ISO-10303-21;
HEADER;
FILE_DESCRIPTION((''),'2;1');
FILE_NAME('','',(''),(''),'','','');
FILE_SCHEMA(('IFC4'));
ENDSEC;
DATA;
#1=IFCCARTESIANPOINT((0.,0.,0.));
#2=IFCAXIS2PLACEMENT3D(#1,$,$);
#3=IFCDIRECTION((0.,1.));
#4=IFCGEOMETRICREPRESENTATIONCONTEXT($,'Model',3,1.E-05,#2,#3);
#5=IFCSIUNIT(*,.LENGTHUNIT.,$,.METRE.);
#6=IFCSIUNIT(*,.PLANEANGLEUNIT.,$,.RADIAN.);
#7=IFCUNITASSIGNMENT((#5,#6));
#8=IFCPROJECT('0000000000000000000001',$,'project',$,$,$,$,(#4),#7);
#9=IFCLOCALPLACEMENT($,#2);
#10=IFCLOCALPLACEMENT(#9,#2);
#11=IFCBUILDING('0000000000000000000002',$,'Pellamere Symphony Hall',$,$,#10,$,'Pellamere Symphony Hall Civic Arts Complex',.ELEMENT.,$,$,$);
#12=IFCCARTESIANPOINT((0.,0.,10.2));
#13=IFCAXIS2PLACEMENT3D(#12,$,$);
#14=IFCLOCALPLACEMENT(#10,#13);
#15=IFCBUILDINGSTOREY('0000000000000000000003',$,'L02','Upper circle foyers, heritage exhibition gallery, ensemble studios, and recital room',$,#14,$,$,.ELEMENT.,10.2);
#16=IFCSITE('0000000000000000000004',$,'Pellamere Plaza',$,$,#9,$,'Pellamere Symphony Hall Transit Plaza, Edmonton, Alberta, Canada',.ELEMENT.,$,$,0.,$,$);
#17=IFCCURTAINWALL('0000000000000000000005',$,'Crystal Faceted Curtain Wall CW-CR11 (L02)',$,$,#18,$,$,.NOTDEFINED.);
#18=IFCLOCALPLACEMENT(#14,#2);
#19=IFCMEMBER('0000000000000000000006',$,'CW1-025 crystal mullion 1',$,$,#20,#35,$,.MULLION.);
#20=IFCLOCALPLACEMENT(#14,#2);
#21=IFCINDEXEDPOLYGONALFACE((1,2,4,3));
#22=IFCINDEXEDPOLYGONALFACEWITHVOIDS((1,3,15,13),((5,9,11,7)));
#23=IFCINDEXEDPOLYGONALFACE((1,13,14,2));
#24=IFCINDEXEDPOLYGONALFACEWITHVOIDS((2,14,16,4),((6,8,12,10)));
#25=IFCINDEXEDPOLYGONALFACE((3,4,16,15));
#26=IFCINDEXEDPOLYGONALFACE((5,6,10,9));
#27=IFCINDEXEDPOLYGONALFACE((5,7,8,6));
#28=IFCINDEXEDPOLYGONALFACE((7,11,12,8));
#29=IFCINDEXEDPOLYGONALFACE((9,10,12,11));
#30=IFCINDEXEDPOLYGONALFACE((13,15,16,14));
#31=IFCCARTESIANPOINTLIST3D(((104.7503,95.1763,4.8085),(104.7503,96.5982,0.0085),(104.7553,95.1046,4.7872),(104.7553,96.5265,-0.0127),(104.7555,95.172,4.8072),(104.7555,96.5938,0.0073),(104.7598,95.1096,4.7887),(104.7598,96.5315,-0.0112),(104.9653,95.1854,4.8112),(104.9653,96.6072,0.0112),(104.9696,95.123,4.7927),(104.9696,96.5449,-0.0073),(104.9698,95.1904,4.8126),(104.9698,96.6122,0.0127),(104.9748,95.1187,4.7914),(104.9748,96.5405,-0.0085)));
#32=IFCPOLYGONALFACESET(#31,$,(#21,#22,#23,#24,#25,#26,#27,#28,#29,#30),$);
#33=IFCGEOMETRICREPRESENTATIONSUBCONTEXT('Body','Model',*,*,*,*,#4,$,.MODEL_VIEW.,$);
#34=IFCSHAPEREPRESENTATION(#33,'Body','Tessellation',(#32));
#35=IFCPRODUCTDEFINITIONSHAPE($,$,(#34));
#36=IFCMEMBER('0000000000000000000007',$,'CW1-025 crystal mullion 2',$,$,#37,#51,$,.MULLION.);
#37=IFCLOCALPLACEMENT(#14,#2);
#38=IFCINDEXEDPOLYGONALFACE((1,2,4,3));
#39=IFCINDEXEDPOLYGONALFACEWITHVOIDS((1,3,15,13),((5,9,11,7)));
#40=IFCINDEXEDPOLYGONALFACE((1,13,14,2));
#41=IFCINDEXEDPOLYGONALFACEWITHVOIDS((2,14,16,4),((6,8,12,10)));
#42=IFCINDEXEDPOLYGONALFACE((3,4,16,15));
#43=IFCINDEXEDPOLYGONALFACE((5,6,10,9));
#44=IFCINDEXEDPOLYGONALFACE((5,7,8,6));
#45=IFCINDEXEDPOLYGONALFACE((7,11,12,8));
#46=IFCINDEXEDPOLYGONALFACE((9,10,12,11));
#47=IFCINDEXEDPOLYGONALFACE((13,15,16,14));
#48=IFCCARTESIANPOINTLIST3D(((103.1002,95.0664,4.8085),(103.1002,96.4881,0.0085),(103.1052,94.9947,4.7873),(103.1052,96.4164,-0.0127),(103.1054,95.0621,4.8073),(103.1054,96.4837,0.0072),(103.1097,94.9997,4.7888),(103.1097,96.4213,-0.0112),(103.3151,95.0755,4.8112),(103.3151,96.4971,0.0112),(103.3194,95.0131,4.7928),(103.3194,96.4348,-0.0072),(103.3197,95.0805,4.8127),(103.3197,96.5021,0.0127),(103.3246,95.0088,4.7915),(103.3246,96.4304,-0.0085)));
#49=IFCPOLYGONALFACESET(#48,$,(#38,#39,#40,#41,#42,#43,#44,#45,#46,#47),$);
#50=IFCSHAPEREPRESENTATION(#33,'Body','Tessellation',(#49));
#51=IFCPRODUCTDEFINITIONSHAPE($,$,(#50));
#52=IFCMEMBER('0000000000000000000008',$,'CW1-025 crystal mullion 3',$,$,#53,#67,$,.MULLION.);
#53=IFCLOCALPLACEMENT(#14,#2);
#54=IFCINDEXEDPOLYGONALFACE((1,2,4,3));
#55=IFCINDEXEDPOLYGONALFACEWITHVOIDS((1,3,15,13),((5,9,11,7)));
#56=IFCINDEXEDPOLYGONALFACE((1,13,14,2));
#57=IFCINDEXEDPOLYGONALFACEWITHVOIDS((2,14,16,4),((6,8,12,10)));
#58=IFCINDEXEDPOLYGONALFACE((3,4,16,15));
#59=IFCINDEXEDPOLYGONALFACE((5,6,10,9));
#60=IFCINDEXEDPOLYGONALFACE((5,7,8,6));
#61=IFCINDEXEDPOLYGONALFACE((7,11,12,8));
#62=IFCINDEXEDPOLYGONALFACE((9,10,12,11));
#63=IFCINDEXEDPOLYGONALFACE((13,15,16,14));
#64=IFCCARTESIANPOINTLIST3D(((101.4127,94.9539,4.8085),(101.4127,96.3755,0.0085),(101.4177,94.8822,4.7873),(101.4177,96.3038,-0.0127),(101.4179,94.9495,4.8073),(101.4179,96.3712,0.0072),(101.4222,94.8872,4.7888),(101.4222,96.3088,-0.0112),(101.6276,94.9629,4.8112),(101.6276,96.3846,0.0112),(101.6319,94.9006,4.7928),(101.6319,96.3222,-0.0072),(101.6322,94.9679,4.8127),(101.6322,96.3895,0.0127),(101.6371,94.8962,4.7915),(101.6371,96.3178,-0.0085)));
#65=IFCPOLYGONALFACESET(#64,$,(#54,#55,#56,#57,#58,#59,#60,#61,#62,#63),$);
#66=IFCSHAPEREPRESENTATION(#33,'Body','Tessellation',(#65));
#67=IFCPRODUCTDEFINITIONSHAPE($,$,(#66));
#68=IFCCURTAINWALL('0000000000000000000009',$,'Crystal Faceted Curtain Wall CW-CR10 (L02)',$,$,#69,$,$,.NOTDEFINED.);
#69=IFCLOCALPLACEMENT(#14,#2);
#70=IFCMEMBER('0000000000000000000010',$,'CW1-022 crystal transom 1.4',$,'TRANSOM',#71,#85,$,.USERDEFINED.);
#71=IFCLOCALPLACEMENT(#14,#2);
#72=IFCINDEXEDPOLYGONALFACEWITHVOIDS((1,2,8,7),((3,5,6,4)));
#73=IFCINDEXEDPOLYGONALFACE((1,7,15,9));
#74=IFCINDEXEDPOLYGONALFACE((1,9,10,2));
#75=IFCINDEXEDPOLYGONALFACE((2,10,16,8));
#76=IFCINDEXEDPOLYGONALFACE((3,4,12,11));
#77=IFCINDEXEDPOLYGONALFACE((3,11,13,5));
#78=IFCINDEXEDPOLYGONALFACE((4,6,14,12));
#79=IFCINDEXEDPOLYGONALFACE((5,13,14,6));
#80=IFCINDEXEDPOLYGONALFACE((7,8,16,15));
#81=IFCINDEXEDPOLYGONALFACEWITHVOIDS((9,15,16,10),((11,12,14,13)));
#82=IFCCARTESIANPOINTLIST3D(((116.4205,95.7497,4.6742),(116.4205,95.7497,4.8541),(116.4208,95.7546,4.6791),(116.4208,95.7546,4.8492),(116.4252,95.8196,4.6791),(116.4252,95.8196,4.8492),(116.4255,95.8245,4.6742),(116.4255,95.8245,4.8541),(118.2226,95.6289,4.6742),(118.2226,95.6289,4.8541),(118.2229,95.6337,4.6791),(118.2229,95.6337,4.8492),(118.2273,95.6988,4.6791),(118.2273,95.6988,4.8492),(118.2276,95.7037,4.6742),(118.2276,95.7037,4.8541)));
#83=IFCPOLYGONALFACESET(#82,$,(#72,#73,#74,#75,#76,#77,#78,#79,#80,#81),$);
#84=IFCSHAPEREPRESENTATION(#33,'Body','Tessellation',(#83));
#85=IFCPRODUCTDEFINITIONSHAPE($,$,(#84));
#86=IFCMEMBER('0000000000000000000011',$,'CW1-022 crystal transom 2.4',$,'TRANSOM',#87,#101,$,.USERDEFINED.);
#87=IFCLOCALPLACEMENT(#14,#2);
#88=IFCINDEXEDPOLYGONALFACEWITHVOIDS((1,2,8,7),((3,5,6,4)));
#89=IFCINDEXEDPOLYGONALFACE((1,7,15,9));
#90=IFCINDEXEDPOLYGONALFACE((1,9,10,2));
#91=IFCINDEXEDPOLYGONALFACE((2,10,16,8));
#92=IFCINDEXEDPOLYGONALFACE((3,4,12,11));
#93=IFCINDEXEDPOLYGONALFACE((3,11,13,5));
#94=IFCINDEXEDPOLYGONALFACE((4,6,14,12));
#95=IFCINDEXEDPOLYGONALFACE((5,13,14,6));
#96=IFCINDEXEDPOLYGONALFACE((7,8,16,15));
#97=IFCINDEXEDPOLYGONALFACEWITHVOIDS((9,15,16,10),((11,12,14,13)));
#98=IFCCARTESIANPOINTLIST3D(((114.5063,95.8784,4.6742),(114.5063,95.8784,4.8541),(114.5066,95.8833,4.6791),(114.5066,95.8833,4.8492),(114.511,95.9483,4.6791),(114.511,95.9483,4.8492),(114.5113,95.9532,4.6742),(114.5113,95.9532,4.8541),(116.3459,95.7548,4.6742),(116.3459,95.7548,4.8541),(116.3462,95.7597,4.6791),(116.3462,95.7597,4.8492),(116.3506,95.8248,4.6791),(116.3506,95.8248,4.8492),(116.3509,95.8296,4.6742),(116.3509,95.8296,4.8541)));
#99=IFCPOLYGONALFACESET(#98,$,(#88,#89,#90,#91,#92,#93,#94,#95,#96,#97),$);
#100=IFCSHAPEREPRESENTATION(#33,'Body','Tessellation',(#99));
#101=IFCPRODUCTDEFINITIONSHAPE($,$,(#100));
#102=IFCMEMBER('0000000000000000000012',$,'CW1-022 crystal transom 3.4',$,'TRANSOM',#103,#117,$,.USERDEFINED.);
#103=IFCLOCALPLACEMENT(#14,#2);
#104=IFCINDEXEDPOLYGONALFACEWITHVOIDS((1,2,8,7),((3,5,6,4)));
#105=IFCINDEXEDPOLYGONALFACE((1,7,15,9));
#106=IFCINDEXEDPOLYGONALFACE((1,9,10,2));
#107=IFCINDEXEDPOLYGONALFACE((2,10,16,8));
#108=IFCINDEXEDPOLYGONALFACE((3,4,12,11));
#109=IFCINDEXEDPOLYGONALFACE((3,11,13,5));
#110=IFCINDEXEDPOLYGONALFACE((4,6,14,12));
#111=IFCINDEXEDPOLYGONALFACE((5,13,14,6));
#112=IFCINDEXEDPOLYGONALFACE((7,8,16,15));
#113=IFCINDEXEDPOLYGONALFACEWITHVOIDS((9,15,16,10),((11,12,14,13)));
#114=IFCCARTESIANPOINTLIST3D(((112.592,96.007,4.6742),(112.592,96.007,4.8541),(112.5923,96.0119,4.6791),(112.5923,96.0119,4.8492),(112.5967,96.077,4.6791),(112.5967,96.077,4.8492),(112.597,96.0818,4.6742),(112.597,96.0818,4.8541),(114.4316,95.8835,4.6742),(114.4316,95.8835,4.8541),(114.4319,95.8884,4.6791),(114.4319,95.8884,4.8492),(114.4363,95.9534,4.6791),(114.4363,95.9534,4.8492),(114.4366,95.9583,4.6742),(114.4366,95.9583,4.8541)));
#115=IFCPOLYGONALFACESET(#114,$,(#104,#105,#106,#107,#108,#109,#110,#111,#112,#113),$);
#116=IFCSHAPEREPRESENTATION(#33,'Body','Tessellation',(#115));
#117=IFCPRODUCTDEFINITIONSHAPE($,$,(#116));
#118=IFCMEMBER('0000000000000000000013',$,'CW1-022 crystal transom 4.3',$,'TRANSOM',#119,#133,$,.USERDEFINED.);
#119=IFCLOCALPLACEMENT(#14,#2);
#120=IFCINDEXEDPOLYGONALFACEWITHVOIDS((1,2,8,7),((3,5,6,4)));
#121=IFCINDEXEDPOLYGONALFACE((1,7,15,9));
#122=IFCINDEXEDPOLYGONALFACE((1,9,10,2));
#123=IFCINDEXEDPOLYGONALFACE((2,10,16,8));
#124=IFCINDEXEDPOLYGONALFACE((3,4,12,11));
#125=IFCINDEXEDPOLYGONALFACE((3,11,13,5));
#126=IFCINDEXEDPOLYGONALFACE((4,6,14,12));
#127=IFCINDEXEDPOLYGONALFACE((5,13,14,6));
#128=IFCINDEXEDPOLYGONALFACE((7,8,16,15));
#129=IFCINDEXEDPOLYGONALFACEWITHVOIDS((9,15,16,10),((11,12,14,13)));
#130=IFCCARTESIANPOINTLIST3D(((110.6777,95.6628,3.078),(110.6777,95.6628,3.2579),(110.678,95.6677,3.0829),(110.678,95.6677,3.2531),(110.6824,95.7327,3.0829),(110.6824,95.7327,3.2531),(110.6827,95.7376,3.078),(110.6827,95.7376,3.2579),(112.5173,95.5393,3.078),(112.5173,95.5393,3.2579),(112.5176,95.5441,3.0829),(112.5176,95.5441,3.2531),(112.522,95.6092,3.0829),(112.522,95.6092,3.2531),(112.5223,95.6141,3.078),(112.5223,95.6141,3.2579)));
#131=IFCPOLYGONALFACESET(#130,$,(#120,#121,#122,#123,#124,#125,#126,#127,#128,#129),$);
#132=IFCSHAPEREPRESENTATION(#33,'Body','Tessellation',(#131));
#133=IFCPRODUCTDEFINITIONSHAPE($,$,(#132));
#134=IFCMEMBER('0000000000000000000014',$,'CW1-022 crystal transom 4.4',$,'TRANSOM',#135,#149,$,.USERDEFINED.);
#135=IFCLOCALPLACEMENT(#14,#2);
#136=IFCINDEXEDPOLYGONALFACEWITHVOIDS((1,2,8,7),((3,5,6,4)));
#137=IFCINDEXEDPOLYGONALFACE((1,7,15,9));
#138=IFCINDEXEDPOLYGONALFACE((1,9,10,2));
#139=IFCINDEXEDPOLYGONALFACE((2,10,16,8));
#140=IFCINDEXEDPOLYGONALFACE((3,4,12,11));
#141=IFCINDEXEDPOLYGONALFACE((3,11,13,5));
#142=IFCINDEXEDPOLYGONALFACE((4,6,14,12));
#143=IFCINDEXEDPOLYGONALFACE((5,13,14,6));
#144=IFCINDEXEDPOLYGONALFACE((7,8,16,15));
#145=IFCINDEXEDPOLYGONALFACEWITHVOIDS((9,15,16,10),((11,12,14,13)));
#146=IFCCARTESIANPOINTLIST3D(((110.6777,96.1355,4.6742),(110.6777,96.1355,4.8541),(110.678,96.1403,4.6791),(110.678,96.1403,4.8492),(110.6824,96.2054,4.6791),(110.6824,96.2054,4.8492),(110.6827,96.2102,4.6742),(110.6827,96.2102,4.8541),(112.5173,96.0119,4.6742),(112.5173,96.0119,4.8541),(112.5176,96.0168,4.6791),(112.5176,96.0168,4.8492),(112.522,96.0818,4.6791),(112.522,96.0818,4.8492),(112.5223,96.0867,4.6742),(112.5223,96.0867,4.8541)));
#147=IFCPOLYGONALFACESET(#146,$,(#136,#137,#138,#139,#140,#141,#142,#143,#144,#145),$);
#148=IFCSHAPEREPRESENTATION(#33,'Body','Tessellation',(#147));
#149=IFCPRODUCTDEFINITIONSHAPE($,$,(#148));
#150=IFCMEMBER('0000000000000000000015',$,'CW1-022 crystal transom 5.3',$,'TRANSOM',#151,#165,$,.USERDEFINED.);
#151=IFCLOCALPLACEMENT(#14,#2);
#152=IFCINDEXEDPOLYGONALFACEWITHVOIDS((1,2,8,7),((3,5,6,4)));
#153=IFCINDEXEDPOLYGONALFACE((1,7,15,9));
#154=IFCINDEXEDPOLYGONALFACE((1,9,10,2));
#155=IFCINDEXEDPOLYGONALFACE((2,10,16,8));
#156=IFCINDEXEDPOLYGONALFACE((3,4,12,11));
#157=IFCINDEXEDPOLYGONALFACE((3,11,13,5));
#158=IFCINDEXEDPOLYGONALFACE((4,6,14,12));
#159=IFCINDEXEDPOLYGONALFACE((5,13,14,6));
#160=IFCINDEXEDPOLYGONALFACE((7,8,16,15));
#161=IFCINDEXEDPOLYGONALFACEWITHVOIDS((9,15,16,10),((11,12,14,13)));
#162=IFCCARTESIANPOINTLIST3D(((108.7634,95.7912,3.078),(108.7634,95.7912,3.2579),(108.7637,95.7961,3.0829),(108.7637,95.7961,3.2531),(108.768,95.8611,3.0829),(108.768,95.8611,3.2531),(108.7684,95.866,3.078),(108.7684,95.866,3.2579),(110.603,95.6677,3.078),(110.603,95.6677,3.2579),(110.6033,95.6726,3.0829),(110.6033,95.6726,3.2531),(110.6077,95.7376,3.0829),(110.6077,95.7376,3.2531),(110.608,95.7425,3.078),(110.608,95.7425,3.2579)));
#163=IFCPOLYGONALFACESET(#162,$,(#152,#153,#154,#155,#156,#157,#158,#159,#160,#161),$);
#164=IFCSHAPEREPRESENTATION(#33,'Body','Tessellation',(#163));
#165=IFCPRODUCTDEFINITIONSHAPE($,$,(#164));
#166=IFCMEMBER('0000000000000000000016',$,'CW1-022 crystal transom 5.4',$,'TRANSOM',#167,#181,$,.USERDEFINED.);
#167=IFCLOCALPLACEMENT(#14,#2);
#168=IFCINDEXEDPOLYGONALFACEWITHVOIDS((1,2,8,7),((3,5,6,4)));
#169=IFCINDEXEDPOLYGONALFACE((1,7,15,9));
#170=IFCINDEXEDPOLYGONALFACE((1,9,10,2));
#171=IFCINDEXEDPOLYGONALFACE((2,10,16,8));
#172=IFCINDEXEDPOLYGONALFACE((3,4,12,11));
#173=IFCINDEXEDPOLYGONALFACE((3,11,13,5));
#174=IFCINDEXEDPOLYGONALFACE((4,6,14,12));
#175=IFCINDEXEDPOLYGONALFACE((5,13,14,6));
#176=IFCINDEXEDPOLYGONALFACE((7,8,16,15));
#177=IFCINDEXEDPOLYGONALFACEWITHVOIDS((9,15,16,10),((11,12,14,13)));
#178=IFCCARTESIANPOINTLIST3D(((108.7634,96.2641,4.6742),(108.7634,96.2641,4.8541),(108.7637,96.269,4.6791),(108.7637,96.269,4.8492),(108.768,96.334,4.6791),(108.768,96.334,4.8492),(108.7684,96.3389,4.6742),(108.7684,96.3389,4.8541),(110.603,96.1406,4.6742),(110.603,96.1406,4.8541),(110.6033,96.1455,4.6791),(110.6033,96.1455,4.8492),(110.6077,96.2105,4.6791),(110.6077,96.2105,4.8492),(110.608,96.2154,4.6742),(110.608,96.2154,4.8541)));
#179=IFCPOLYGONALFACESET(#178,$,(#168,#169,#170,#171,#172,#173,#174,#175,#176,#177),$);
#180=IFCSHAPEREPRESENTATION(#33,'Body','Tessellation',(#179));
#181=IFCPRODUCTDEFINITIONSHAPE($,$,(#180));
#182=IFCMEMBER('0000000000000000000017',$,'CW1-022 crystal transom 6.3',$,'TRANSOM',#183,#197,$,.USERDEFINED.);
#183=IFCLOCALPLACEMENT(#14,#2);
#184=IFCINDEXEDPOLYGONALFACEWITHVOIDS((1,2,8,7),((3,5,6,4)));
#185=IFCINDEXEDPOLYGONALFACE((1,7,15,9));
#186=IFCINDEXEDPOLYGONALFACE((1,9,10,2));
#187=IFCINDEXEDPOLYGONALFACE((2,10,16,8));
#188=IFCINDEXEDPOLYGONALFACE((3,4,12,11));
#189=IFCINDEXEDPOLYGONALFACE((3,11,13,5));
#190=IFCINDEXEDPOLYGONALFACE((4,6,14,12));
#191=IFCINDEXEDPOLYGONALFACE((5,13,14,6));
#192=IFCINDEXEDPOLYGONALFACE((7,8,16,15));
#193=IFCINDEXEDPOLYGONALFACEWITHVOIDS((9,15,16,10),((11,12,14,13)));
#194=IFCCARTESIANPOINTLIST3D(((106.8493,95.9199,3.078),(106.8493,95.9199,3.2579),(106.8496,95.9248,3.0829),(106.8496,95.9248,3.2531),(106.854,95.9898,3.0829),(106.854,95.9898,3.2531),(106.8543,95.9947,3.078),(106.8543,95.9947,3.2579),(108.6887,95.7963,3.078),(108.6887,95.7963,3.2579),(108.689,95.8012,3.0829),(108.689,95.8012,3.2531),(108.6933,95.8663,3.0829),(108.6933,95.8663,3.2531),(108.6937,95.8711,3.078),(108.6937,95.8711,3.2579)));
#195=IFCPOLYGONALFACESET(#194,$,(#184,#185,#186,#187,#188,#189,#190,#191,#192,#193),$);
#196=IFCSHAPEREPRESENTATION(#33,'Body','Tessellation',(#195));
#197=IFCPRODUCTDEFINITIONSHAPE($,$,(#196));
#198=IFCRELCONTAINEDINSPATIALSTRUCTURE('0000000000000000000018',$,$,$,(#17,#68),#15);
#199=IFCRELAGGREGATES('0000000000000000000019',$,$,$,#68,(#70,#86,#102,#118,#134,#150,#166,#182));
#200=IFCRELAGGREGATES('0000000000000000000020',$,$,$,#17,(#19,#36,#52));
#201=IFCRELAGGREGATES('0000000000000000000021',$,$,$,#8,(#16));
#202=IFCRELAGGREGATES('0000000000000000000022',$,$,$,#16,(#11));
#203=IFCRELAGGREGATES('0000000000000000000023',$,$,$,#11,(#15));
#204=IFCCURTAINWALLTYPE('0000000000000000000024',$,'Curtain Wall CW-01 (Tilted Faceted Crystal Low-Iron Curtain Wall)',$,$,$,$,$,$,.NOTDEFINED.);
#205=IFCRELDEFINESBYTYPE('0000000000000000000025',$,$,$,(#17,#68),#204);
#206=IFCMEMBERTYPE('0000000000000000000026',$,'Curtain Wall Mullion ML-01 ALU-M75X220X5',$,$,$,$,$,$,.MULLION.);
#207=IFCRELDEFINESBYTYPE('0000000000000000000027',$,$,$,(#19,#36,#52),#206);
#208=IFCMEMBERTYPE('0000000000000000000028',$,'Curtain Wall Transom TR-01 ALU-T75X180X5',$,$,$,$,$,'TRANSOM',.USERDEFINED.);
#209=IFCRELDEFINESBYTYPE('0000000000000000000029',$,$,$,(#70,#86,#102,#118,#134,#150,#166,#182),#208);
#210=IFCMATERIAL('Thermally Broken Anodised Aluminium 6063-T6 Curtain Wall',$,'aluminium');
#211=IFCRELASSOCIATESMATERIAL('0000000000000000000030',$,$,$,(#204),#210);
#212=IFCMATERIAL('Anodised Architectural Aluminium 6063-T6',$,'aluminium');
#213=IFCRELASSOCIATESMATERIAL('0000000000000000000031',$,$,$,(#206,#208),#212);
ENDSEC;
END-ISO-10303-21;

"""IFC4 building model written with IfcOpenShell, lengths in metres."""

from ifc_helpers import new_model, si_unit, direction, frame, origin, origin_2d, place, context, subcontext, project, spatial, hollow_rectangle, extrude, material, material_profile, profile_set, type_object, element, aggregate, save


model = new_model("IFC4")

# Units and contexts
model_context = context("Model", 3, precision=1e-05, world=origin(), true_north=direction((0.0, 1.0)))
body_context = subcontext(model_context, "Body", "Model", "MODEL_VIEW")
ifc_project = project(units=[si_unit("LENGTHUNIT", "METRE"), si_unit("PLANEANGLEUNIT", "RADIAN")], contexts=[model_context])

# Site, building, storey
site_placement = place(None, origin())
site = spatial("IfcSite", under=ifc_project, at=site_placement, Name="Pellamere Plaza", LongName="Pellamere Symphony Hall Transit Plaza, Edmonton, Alberta, Canada", CompositionType="ELEMENT", RefElevation=0.0)
building_placement = place(site_placement, origin())
building = spatial("IfcBuilding", under=site, at=building_placement, Name="Pellamere Symphony Hall", LongName="Pellamere Symphony Hall Civic Arts Complex", CompositionType="ELEMENT")
storey_placement = place(building_placement, frame((0.0, 0.0, 10.2)))
storey = spatial("IfcBuildingStorey", under=building, at=storey_placement, Name="L02", Description="Upper circle foyers, heritage exhibition gallery, ensemble studios, and recital room", CompositionType="ELEMENT", Elevation=10.2)

# Curtain walls, members
ifc_material_1 = material(Name="Thermally Broken Anodised Aluminium 6063-T6 Curtain Wall", Category="aluminium")
curtain_wall_type = type_object("IfcCurtainWallType", Name="Curtain Wall CW-01 (Tilted Faceted Crystal Low-Iron Curtain Wall)", PredefinedType="NOTDEFINED", material=ifc_material_1)
curtain_wall_1_placement = place(storey_placement, origin())
curtain_wall_1 = element("IfcCurtainWall", 1, at=curtain_wall_1_placement, inside=storey, type_object=curtain_wall_type, Name="Crystal Faceted Curtain Wall CW-CR11 (L02)", PredefinedType="NOTDEFINED")
ifc_material_2 = material(Name="Anodised Architectural Aluminium 6063-T6", Category="aluminium")
ifc_material_profile_1 = material_profile(ifc_material_2, hollow_rectangle(XDim=0.075, YDim=0.22, WallThickness=0.0049, at=origin_2d()), Name="ALU-M75X220X5")
ifc_profile_set_1 = profile_set([ifc_material_profile_1], Name="Anodised Architectural Aluminium 6063-T6")
member_type_1 = type_object("IfcMemberType", Name="Curtain Wall Mullion ML-01 ALU-M75X220X5", PredefinedType="MULLION", material=ifc_profile_set_1)
member_1_placement = place(storey_placement, frame((104.8625, 96.5693, 0.0), z_axis=(0.0, -0.284022, 0.958818), x_axis=(0.066519, -0.956694, -0.283393)))
member_1 = element("IfcMember", 2, at=member_1_placement, type_object=member_type_1, Name="CW1-025 crystal mullion 1", PredefinedType="MULLION", context=body_context, shape_type="SweptSolid", body=[
    extrude(hollow_rectangle(XDim=0.075, YDim=0.22, WallThickness=0.0049, at=origin_2d()), origin(), (0.0, 0.0, 1.0), 5.0061),
])
member_2_placement = place(storey_placement, frame((103.2124, 96.4592, 0.0), z_axis=(0.0, -0.283977, 0.958831), x_axis=(0.066519, -0.956707, -0.283348)))
member_2 = element("IfcMember", 3, at=member_2_placement, type_object=member_type_1, Name="CW1-025 crystal mullion 2", PredefinedType="MULLION", context=body_context, shape_type="SweptSolid", body=[
    extrude(hollow_rectangle(XDim=0.075, YDim=0.22, WallThickness=0.0049, at=origin_2d()), origin(), (0.0, 0.0, 1.0), 5.0061),
])
member_3_placement = place(storey_placement, frame((101.5249, 96.3467, 0.0), z_axis=(0.0, -0.283977, 0.958831), x_axis=(0.066519, -0.956707, -0.283348)))
member_3 = element("IfcMember", 4, at=member_3_placement, type_object=member_type_1, Name="CW1-025 crystal mullion 3", PredefinedType="MULLION", context=body_context, shape_type="SweptSolid", body=[
    extrude(hollow_rectangle(XDim=0.075, YDim=0.22, WallThickness=0.0049, at=origin_2d()), origin(), (0.0, 0.0, 1.0), 5.0061),
])
curtain_wall_2_placement = place(storey_placement, origin())
curtain_wall_2 = element("IfcCurtainWall", 5, at=curtain_wall_2_placement, inside=storey, type_object=curtain_wall_type, Name="Crystal Faceted Curtain Wall CW-CR10 (L02)", PredefinedType="NOTDEFINED")
ifc_material_profile_2 = material_profile(ifc_material_2, hollow_rectangle(XDim=0.075, YDim=0.1799, WallThickness=0.0049, at=origin_2d()), Name="ALU-T75X180X5")
ifc_profile_set_2 = profile_set([ifc_material_profile_2], Name="Anodised Architectural Aluminium 6063-T6")
member_type_2 = type_object("IfcMemberType", Name="Curtain Wall Transom TR-01 ALU-T75X180X5", ElementType="TRANSOM", PredefinedType="USERDEFINED", material=ifc_profile_set_2)
member_4_placement = place(storey_placement, frame((118.2251, 95.6663, 4.7642), z_axis=(-0.997759, 0.066914, 0.0), x_axis=(-0.066914, -0.997759, 0.0)))
member_4 = element("IfcMember", 6, at=member_4_placement, type_object=member_type_2, Name="CW1-022 crystal transom 1.4", ObjectType="TRANSOM", PredefinedType="USERDEFINED", context=body_context, shape_type="SweptSolid", body=[
    extrude(hollow_rectangle(XDim=0.075, YDim=0.1799, WallThickness=0.0049, at=origin_2d()), origin(), (0.0, 0.0, 1.0), 1.8062),
])
member_5_placement = place(storey_placement, frame((116.3484, 95.7922, 4.7642), z_axis=(-0.997753, 0.067002, 0.0), x_axis=(-0.067002, -0.997753, 0.0)))
member_5 = element("IfcMember", 7, at=member_5_placement, type_object=member_type_2, Name="CW1-022 crystal transom 2.4", ObjectType="TRANSOM", PredefinedType="USERDEFINED", context=body_context, shape_type="SweptSolid", body=[
    extrude(hollow_rectangle(XDim=0.075, YDim=0.1799, WallThickness=0.0049, at=origin_2d()), origin(), (0.0, 0.0, 1.0), 1.8438),
])
member_6_placement = place(storey_placement, frame((114.4341, 95.9209, 4.7642), z_axis=(-0.997753, 0.067002, 0.0), x_axis=(-0.067002, -0.997753, 0.0)))
member_6 = element("IfcMember", 8, at=member_6_placement, type_object=member_type_2, Name="CW1-022 crystal transom 3.4", ObjectType="TRANSOM", PredefinedType="USERDEFINED", context=body_context, shape_type="SweptSolid", body=[
    extrude(hollow_rectangle(XDim=0.075, YDim=0.1799, WallThickness=0.0049, at=origin_2d()), origin(), (0.0, 0.0, 1.0), 1.8438),
])
member_7_placement = place(storey_placement, frame((112.5198, 95.5767, 3.168), z_axis=(-0.997753, 0.067002, 0.0), x_axis=(-0.067002, -0.997753, 0.0)))
member_7 = element("IfcMember", 9, at=member_7_placement, type_object=member_type_2, Name="CW1-022 crystal transom 4.3", ObjectType="TRANSOM", PredefinedType="USERDEFINED", context=body_context, shape_type="SweptSolid", body=[
    extrude(hollow_rectangle(XDim=0.075, YDim=0.1799, WallThickness=0.0049, at=origin_2d()), origin(), (0.0, 0.0, 1.0), 1.8438),
])
member_8_placement = place(storey_placement, frame((112.5198, 96.0493, 4.7642), z_axis=(-0.997753, 0.067002, 0.0), x_axis=(-0.067002, -0.997753, 0.0)))
member_8 = element("IfcMember", 10, at=member_8_placement, type_object=member_type_2, Name="CW1-022 crystal transom 4.4", ObjectType="TRANSOM", PredefinedType="USERDEFINED", context=body_context, shape_type="SweptSolid", body=[
    extrude(hollow_rectangle(XDim=0.075, YDim=0.1799, WallThickness=0.0049, at=origin_2d()), origin(), (0.0, 0.0, 1.0), 1.8438),
])
member_9_placement = place(storey_placement, frame((110.6055, 95.7051, 3.168), z_axis=(-0.997753, 0.067002, 0.0), x_axis=(-0.067002, -0.997753, 0.0)))
member_9 = element("IfcMember", 11, at=member_9_placement, type_object=member_type_2, Name="CW1-022 crystal transom 5.3", ObjectType="TRANSOM", PredefinedType="USERDEFINED", context=body_context, shape_type="SweptSolid", body=[
    extrude(hollow_rectangle(XDim=0.075, YDim=0.1799, WallThickness=0.0049, at=origin_2d()), origin(), (0.0, 0.0, 1.0), 1.8438),
])
member_10_placement = place(storey_placement, frame((110.6055, 96.178, 4.7642), z_axis=(-0.997753, 0.067002, 0.0), x_axis=(-0.067002, -0.997753, 0.0)))
member_10 = element("IfcMember", 12, at=member_10_placement, type_object=member_type_2, Name="CW1-022 crystal transom 5.4", ObjectType="TRANSOM", PredefinedType="USERDEFINED", context=body_context, shape_type="SweptSolid", body=[
    extrude(hollow_rectangle(XDim=0.075, YDim=0.1799, WallThickness=0.0049, at=origin_2d()), origin(), (0.0, 0.0, 1.0), 1.8438),
])
member_11_placement = place(storey_placement, frame((108.6912, 95.8337, 3.168), z_axis=(-0.997752, 0.067011, 0.0), x_axis=(-0.067011, -0.997752, 0.0)))
member_11 = element("IfcMember", 13, at=member_11_placement, type_object=member_type_2, Name="CW1-022 crystal transom 6.3", ObjectType="TRANSOM", PredefinedType="USERDEFINED", context=body_context, shape_type="SweptSolid", body=[
    extrude(hollow_rectangle(XDim=0.075, YDim=0.1799, WallThickness=0.0049, at=origin_2d()), origin(), (0.0, 0.0, 1.0), 1.8435),
])

aggregate(curtain_wall_2, [member_4, member_5, member_6, member_7, member_8, member_9, member_10, member_11])
aggregate(curtain_wall_1, [member_1, member_2, member_3])

save(model, "model.ifc")
